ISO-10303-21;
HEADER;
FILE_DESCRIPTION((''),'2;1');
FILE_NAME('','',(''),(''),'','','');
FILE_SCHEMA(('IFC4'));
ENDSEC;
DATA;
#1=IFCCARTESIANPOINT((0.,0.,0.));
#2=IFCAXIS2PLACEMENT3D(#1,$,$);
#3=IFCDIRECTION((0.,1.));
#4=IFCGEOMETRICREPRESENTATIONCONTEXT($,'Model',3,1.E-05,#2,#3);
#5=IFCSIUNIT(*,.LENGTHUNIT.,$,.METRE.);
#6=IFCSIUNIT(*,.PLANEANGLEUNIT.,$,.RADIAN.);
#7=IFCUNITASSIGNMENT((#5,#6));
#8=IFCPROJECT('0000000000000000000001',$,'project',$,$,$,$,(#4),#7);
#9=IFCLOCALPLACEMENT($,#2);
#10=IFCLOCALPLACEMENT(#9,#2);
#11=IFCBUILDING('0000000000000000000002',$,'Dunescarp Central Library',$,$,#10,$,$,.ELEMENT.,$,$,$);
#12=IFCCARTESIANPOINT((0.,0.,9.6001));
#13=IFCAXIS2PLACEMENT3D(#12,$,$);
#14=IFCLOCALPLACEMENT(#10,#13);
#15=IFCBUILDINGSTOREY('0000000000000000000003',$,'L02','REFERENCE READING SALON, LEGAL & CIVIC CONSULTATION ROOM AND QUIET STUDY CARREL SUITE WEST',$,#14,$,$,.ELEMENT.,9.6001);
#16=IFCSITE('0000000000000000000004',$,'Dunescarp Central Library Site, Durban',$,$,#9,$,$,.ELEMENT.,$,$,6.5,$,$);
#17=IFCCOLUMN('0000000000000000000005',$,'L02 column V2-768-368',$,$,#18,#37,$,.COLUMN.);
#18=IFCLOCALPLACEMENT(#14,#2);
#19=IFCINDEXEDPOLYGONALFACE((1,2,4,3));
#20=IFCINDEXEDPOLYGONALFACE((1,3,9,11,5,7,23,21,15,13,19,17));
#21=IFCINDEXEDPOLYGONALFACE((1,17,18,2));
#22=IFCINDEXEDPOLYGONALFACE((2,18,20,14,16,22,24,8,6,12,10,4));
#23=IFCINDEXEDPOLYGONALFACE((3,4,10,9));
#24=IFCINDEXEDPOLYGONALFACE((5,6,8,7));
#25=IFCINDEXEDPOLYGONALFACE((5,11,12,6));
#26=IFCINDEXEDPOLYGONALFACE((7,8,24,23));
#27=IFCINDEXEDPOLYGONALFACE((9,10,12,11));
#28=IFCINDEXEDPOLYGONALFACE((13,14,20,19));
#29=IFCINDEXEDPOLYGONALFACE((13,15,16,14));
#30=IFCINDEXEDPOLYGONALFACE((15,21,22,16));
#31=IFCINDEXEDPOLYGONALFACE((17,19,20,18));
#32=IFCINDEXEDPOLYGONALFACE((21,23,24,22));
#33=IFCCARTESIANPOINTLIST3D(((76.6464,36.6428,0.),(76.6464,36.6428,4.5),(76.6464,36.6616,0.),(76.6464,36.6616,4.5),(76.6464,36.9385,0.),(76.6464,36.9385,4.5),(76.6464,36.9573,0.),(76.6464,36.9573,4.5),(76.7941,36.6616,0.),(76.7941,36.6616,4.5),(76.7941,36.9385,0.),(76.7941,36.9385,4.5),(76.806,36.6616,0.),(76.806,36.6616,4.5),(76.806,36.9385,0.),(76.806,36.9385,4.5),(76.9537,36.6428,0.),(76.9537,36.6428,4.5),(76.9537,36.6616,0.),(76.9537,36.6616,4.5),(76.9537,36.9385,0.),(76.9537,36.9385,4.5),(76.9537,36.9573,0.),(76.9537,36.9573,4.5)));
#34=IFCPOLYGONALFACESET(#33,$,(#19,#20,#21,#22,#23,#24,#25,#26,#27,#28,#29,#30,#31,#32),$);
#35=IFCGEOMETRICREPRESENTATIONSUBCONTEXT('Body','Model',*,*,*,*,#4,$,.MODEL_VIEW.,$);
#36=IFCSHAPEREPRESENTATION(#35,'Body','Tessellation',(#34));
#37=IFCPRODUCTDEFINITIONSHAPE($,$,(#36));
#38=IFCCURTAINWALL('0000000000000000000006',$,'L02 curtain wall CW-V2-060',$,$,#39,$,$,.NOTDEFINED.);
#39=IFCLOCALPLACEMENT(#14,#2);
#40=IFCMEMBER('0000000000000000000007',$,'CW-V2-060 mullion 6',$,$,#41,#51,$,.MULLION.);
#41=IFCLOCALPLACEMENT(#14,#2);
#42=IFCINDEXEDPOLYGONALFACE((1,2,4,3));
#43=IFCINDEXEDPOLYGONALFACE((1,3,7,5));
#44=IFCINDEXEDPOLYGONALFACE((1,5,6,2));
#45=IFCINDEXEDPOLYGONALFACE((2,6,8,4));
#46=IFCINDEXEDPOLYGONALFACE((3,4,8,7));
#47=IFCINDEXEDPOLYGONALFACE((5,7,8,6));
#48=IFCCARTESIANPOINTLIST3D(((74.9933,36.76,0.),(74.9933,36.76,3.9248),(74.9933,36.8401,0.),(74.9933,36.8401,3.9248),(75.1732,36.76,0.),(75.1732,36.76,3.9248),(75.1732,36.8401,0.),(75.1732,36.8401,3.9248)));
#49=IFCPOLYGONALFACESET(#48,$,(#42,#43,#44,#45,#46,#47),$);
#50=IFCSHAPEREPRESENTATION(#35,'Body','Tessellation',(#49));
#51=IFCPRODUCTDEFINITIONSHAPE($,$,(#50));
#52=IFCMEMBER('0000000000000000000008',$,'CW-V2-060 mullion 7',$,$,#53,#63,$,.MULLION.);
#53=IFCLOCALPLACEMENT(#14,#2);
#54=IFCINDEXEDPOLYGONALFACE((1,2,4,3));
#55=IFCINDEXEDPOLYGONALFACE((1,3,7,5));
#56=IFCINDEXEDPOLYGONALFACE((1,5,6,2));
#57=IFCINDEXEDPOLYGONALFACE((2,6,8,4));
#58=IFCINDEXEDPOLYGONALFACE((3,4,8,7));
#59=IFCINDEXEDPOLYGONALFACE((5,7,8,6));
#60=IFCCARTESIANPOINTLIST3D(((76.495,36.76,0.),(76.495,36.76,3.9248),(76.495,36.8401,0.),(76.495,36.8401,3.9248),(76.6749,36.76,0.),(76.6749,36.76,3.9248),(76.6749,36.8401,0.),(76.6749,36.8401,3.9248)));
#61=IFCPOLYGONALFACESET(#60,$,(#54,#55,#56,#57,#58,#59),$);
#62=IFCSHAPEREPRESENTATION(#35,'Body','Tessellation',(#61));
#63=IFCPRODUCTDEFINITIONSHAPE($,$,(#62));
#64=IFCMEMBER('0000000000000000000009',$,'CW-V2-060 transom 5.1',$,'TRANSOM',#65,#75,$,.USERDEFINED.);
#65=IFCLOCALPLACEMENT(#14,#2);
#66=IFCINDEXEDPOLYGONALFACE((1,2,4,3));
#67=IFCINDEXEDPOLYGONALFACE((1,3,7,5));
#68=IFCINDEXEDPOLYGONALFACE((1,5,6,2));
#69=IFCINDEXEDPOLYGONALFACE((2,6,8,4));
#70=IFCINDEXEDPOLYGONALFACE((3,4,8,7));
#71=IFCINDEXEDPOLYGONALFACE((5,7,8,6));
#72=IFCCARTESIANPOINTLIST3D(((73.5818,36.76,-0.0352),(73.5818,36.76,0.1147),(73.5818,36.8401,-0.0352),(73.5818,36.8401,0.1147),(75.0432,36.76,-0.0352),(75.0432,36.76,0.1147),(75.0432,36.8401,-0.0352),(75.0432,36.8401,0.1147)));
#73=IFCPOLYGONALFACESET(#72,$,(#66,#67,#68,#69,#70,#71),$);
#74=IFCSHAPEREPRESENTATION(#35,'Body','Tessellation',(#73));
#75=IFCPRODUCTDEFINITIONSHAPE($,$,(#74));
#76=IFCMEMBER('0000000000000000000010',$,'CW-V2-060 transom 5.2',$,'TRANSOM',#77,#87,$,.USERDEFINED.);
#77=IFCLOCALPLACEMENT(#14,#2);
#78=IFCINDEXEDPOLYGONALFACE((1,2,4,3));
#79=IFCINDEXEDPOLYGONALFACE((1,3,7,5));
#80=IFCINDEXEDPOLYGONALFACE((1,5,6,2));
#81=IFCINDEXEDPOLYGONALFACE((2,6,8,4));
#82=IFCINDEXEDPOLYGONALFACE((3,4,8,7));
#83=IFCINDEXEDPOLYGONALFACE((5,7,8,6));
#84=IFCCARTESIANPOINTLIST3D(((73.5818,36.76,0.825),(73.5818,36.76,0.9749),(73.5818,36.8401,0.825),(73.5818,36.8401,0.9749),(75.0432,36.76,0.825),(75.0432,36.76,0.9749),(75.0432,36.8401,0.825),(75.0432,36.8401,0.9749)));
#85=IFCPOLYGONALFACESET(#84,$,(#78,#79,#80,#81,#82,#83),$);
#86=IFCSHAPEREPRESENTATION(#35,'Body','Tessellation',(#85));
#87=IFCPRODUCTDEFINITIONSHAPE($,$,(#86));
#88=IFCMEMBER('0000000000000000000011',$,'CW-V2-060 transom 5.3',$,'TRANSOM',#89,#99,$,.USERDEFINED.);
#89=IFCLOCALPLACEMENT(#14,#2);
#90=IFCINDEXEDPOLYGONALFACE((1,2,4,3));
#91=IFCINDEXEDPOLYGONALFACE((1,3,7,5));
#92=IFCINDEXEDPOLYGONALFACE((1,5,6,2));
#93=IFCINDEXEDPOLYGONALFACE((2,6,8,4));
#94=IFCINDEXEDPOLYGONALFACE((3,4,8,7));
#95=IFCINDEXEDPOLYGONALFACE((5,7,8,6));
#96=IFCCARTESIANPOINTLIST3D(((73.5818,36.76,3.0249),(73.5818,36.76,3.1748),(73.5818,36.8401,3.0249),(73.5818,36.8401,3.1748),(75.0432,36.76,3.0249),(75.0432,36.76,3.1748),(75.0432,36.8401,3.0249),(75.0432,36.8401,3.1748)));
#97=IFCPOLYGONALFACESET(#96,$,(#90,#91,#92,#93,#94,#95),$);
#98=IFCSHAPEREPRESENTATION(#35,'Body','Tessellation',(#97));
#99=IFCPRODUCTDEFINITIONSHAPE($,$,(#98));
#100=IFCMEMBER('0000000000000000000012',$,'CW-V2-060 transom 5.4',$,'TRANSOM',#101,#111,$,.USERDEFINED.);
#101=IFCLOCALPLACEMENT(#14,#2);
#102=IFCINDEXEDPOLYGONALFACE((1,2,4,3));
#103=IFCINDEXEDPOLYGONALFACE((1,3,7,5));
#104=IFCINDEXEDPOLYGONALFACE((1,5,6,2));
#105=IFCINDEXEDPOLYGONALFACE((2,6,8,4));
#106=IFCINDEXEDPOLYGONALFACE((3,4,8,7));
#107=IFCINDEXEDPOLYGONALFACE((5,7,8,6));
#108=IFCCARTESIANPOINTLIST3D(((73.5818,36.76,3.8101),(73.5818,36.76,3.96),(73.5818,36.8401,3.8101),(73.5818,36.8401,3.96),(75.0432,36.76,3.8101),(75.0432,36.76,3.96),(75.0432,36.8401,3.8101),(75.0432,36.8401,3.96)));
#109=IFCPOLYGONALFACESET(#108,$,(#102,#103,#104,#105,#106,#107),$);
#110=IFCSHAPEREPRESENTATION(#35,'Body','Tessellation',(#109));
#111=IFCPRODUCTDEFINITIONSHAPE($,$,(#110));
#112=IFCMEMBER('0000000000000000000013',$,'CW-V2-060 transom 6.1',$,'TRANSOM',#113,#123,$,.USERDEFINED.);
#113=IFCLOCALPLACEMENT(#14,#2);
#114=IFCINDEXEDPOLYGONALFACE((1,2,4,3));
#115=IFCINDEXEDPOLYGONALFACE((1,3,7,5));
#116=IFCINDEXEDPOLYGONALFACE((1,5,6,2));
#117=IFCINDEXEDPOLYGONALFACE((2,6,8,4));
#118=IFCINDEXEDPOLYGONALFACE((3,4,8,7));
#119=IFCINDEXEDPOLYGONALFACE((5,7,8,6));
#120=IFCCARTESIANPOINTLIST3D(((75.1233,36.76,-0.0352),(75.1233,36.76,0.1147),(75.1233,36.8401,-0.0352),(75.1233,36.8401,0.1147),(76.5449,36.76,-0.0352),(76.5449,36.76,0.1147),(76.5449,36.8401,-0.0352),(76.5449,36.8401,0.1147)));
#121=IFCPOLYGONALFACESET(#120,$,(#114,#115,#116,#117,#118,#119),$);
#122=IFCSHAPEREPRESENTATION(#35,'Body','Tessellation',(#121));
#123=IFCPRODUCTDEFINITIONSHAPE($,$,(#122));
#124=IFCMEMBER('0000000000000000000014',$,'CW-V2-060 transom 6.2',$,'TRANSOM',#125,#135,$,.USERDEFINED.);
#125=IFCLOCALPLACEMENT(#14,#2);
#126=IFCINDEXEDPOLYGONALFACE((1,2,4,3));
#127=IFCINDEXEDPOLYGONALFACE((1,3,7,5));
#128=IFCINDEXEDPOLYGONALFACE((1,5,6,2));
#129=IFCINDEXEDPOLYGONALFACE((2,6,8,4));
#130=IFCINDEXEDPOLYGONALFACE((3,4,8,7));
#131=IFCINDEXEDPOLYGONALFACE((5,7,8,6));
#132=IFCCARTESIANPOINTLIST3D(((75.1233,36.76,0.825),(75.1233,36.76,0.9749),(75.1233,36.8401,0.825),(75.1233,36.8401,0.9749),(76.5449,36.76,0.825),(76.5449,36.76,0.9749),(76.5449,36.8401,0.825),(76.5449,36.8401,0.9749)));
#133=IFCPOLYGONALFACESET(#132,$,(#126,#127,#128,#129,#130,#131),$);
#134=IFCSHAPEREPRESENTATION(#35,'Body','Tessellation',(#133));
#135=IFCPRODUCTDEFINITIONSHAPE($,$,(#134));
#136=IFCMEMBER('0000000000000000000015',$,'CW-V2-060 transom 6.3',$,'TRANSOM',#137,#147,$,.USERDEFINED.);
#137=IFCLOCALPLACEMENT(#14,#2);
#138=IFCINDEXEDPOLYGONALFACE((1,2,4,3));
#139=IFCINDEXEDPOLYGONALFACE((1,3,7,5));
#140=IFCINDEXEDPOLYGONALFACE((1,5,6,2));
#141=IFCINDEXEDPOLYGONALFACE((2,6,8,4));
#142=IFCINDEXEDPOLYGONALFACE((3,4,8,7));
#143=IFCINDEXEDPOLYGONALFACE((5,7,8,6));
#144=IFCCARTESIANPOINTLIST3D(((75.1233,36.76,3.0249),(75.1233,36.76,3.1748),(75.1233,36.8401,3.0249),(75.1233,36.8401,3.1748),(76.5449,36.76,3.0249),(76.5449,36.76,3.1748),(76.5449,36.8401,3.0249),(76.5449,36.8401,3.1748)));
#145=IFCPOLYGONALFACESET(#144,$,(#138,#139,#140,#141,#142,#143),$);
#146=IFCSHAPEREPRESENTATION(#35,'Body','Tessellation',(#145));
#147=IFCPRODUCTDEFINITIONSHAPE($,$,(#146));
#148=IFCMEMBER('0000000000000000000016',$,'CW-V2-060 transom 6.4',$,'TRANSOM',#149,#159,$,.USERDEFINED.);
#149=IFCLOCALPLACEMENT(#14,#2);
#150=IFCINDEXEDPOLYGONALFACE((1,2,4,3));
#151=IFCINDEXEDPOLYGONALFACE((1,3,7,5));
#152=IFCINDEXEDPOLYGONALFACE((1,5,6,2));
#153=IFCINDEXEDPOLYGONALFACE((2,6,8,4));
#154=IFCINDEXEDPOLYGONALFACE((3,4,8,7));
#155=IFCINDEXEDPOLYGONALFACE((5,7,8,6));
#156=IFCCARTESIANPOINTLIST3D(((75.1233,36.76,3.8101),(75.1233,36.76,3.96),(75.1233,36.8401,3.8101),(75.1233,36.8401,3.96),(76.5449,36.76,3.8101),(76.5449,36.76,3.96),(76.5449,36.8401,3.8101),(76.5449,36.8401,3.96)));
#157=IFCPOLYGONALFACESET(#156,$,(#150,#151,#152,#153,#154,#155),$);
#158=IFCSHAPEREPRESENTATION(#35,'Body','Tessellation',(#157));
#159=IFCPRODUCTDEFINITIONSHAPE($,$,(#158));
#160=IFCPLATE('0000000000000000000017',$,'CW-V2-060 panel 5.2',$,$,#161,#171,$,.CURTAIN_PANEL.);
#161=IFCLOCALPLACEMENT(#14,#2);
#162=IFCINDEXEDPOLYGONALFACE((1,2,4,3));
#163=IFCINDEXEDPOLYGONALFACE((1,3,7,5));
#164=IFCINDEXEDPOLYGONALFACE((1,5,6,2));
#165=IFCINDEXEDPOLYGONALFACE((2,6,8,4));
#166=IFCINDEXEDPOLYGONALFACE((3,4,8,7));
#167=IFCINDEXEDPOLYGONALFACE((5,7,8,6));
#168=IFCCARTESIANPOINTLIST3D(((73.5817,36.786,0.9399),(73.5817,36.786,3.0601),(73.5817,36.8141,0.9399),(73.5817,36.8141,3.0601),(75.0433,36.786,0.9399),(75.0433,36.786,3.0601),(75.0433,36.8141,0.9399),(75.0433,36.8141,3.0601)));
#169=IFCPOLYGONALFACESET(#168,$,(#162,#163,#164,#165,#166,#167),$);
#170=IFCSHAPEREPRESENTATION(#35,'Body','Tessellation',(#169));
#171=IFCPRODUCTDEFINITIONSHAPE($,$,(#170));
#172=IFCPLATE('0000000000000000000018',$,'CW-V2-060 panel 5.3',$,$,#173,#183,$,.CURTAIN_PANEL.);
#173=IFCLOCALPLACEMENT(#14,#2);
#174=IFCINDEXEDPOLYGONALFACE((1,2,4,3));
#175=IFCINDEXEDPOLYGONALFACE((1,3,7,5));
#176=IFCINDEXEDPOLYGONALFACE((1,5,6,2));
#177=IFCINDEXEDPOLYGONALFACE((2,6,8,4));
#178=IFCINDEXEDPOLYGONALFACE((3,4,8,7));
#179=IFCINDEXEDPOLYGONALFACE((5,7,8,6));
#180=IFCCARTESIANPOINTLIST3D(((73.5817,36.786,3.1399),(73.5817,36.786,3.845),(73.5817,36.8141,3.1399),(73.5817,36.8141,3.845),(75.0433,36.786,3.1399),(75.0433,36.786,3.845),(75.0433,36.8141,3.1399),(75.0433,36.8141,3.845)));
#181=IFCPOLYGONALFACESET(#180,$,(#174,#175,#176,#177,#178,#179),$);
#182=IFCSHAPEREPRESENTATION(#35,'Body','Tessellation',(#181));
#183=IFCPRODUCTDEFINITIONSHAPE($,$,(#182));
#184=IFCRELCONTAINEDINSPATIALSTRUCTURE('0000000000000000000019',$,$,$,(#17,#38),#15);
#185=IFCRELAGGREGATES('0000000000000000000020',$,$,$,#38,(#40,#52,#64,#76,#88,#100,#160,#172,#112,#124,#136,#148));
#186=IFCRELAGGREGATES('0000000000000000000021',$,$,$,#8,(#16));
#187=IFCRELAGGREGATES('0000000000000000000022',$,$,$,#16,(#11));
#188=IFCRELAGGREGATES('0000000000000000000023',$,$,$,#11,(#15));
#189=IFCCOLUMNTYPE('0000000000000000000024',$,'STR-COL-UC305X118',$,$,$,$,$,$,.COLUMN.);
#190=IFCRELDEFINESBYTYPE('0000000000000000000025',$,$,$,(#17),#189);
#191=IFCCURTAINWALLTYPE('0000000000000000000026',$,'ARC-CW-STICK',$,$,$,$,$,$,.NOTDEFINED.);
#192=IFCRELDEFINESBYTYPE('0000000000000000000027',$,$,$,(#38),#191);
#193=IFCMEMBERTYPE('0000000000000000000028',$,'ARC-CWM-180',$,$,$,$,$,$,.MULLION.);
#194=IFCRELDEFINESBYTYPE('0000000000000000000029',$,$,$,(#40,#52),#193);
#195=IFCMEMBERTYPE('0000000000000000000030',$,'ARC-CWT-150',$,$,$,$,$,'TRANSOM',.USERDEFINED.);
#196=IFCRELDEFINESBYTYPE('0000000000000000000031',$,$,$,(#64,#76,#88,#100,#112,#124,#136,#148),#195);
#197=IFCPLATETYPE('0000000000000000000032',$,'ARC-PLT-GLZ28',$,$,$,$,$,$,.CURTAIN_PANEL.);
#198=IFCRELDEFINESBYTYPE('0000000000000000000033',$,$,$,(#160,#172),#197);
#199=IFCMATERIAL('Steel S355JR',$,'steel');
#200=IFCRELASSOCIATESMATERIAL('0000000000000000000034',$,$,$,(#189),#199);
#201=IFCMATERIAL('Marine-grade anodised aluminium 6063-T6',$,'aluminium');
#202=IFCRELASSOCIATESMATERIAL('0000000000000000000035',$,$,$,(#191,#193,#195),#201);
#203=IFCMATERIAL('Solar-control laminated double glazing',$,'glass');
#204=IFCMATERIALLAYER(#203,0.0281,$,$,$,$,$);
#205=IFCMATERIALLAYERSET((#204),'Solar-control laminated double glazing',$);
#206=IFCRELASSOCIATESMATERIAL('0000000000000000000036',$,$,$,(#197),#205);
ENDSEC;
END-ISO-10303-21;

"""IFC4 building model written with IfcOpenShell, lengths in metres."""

from ifc_helpers import new_model, si_unit, direction, frame, origin, origin_2d, place, context, subcontext, project, spatial, rectangle, i_section, extrude, material, layer, layer_set, material_profile, profile_set, type_object, element, aggregate, save


model = new_model("IFC4")

# Units and contexts
model_context = context("Model", 3, precision=1e-05, world=origin(), true_north=direction((0.0, 1.0)))
body_context = subcontext(model_context, "Body", "Model", "MODEL_VIEW")
ifc_project = project(units=[si_unit("LENGTHUNIT", "METRE"), si_unit("PLANEANGLEUNIT", "RADIAN")], contexts=[model_context])

# Site, building, storey
site_placement = place(None, origin())
site = spatial("IfcSite", under=ifc_project, at=site_placement, Name="Dunescarp Central Library Site, Durban", CompositionType="ELEMENT", RefElevation=6.5)
building_placement = place(site_placement, origin())
building = spatial("IfcBuilding", under=site, at=building_placement, Name="Dunescarp Central Library", CompositionType="ELEMENT")
storey_placement = place(building_placement, frame((0.0, 0.0, 9.6001)))
storey = spatial("IfcBuildingStorey", under=building, at=storey_placement, Name="L02", Description="REFERENCE READING SALON, LEGAL & CIVIC CONSULTATION ROOM AND QUIET STUDY CARREL SUITE WEST", CompositionType="ELEMENT", Elevation=9.6001)

# Column
ifc_material_1 = material(Name="Steel S355JR", Category="steel")
ifc_material_profile_1 = material_profile(ifc_material_1, i_section(OverallWidth=0.3074, OverallDepth=0.3145, WebThickness=0.012, FlangeThickness=0.0188, at=origin_2d()), Name="UC 305x305x118")
ifc_profile_set_1 = profile_set([ifc_material_profile_1], Name="Steel S355JR")
column_type = type_object("IfcColumnType", Name="STR-COL-UC305X118", PredefinedType="COLUMN", material=ifc_profile_set_1)
column_placement = place(storey_placement, frame((76.8, 36.8, 0.0), z_axis=(0.0, 0.0, 1.0), x_axis=(1.0, 0.0, 0.0)))
element("IfcColumn", 1, at=column_placement, inside=storey, type_object=column_type, Name="L02 column V2-768-368", PredefinedType="COLUMN", context=body_context, shape_type="SweptSolid", body=[
    extrude(i_section(OverallWidth=0.3074, OverallDepth=0.3145, WebThickness=0.012, FlangeThickness=0.0188, at=origin_2d()), origin(), (0.0, 0.0, 1.0), 4.5),
])

# Curtain wall, members, plates
ifc_material_2 = material(Name="Marine-grade anodised aluminium 6063-T6", Category="aluminium")
curtain_wall_type = type_object("IfcCurtainWallType", Name="ARC-CW-STICK", PredefinedType="NOTDEFINED", material=ifc_material_2)
curtain_wall_placement = place(storey_placement, origin())
curtain_wall = element("IfcCurtainWall", 2, at=curtain_wall_placement, inside=storey, type_object=curtain_wall_type, Name="L02 curtain wall CW-V2-060", PredefinedType="NOTDEFINED")
ifc_material_profile_2 = material_profile(ifc_material_2, rectangle(XDim=0.0801, YDim=0.1799, at=origin_2d()), Name="AL 80x180")
ifc_profile_set_2 = profile_set([ifc_material_profile_2], Name="Marine-grade anodised aluminium 6063-T6")
member_type_1 = type_object("IfcMemberType", Name="ARC-CWM-180", PredefinedType="MULLION", material=ifc_profile_set_2)
member_1_placement = place(storey_placement, frame((75.0833, 36.8, 0.0), z_axis=(0.0, 0.0, 1.0), x_axis=(0.0, 1.0, 0.0)))
member_1 = element("IfcMember", 3, at=member_1_placement, type_object=member_type_1, Name="CW-V2-060 mullion 6", PredefinedType="MULLION", context=body_context, shape_type="SweptSolid", body=[
    extrude(rectangle(XDim=0.0801, YDim=0.1799, at=origin_2d()), origin(), (0.0, 0.0, 1.0), 3.9248),
])
member_2_placement = place(storey_placement, frame((76.585, 36.8, 0.0), z_axis=(0.0, 0.0, 1.0), x_axis=(0.0, 1.0, 0.0)))
member_2 = element("IfcMember", 4, at=member_2_placement, type_object=member_type_1, Name="CW-V2-060 mullion 7", PredefinedType="MULLION", context=body_context, shape_type="SweptSolid", body=[
    extrude(rectangle(XDim=0.0801, YDim=0.1799, at=origin_2d()), origin(), (0.0, 0.0, 1.0), 3.9248),
])
ifc_material_profile_3 = material_profile(ifc_material_2, rectangle(XDim=0.0801, YDim=0.1499, at=origin_2d()), Name="AL 80x150")
ifc_profile_set_3 = profile_set([ifc_material_profile_3], Name="Marine-grade anodised aluminium 6063-T6")
member_type_2 = type_object("IfcMemberType", Name="ARC-CWT-150", ElementType="TRANSOM", PredefinedType="USERDEFINED", material=ifc_profile_set_3)
member_3_placement = place(storey_placement, frame((73.5818, 36.8, 0.0398), z_axis=(1.0, 0.0, 0.0), x_axis=(0.0, 1.0, 0.0)))
member_3 = element("IfcMember", 5, at=member_3_placement, type_object=member_type_2, Name="CW-V2-060 transom 5.1", ObjectType="TRANSOM", PredefinedType="USERDEFINED", context=body_context, shape_type="SweptSolid", body=[
    extrude(rectangle(XDim=0.0801, YDim=0.1499, at=origin_2d()), origin(), (0.0, 0.0, 1.0), 1.4614),
])
member_4_placement = place(storey_placement, frame((73.5818, 36.8, 0.8999), z_axis=(1.0, 0.0, 0.0), x_axis=(0.0, 1.0, 0.0)))
member_4 = element("IfcMember", 6, at=member_4_placement, type_object=member_type_2, Name="CW-V2-060 transom 5.2", ObjectType="TRANSOM", PredefinedType="USERDEFINED", context=body_context, shape_type="SweptSolid", body=[
    extrude(rectangle(XDim=0.0801, YDim=0.1499, at=origin_2d()), origin(), (0.0, 0.0, 1.0), 1.4614),
])
member_5_placement = place(storey_placement, frame((73.5818, 36.8, 3.0999), z_axis=(1.0, 0.0, 0.0), x_axis=(0.0, 1.0, 0.0)))
member_5 = element("IfcMember", 7, at=member_5_placement, type_object=member_type_2, Name="CW-V2-060 transom 5.3", ObjectType="TRANSOM", PredefinedType="USERDEFINED", context=body_context, shape_type="SweptSolid", body=[
    extrude(rectangle(XDim=0.0801, YDim=0.1499, at=origin_2d()), origin(), (0.0, 0.0, 1.0), 1.4614),
])
member_6_placement = place(storey_placement, frame((73.5818, 36.8, 3.885), z_axis=(1.0, 0.0, 0.0), x_axis=(0.0, 1.0, 0.0)))
member_6 = element("IfcMember", 8, at=member_6_placement, type_object=member_type_2, Name="CW-V2-060 transom 5.4", ObjectType="TRANSOM", PredefinedType="USERDEFINED", context=body_context, shape_type="SweptSolid", body=[
    extrude(rectangle(XDim=0.0801, YDim=0.1499, at=origin_2d()), origin(), (0.0, 0.0, 1.0), 1.4614),
])
member_7_placement = place(storey_placement, frame((75.1233, 36.8, 0.0398), z_axis=(1.0, 0.0, 0.0), x_axis=(0.0, 1.0, 0.0)))
member_7 = element("IfcMember", 9, at=member_7_placement, type_object=member_type_2, Name="CW-V2-060 transom 6.1", ObjectType="TRANSOM", PredefinedType="USERDEFINED", context=body_context, shape_type="SweptSolid", body=[
    extrude(rectangle(XDim=0.0801, YDim=0.1499, at=origin_2d()), origin(), (0.0, 0.0, 1.0), 1.4216),
])
member_8_placement = place(storey_placement, frame((75.1233, 36.8, 0.8999), z_axis=(1.0, 0.0, 0.0), x_axis=(0.0, 1.0, 0.0)))
member_8 = element("IfcMember", 10, at=member_8_placement, type_object=member_type_2, Name="CW-V2-060 transom 6.2", ObjectType="TRANSOM", PredefinedType="USERDEFINED", context=body_context, shape_type="SweptSolid", body=[
    extrude(rectangle(XDim=0.0801, YDim=0.1499, at=origin_2d()), origin(), (0.0, 0.0, 1.0), 1.4216),
])
member_9_placement = place(storey_placement, frame((75.1233, 36.8, 3.0999), z_axis=(1.0, 0.0, 0.0), x_axis=(0.0, 1.0, 0.0)))
member_9 = element("IfcMember", 11, at=member_9_placement, type_object=member_type_2, Name="CW-V2-060 transom 6.3", ObjectType="TRANSOM", PredefinedType="USERDEFINED", context=body_context, shape_type="SweptSolid", body=[
    extrude(rectangle(XDim=0.0801, YDim=0.1499, at=origin_2d()), origin(), (0.0, 0.0, 1.0), 1.4216),
])
member_10_placement = place(storey_placement, frame((75.1233, 36.8, 3.885), z_axis=(1.0, 0.0, 0.0), x_axis=(0.0, 1.0, 0.0)))
member_10 = element("IfcMember", 12, at=member_10_placement, type_object=member_type_2, Name="CW-V2-060 transom 6.4", ObjectType="TRANSOM", PredefinedType="USERDEFINED", context=body_context, shape_type="SweptSolid", body=[
    extrude(rectangle(XDim=0.0801, YDim=0.1499, at=origin_2d()), origin(), (0.0, 0.0, 1.0), 1.4216),
])
ifc_material_3 = material(Name="Solar-control laminated double glazing", Category="glass")
ifc_layer_1 = layer(ifc_material_3, 0.0281)
ifc_layer_set_1 = layer_set([ifc_layer_1], Name="Solar-control laminated double glazing")
plate_type_1 = type_object("IfcPlateType", Name="ARC-PLT-GLZ28", PredefinedType="CURTAIN_PANEL", material=ifc_layer_set_1)
plate_1_placement = place(storey_placement, frame((74.3125, 36.8, 0.9399), z_axis=(0.0, 0.0, 1.0), x_axis=(1.0, 0.0, 0.0)))
plate_1 = element("IfcPlate", 13, at=plate_1_placement, type_object=plate_type_1, Name="CW-V2-060 panel 5.2", PredefinedType="CURTAIN_PANEL", context=body_context, shape_type="SweptSolid", body=[
    extrude(rectangle(XDim=1.4617, YDim=0.0281, at=origin_2d()), origin(), (0.0, 0.0, 1.0), 2.1201),
])
plate_2_placement = place(storey_placement, frame((74.3125, 36.8, 3.1399), z_axis=(0.0, 0.0, 1.0), x_axis=(1.0, 0.0, 0.0)))
plate_2 = element("IfcPlate", 14, at=plate_2_placement, type_object=plate_type_1, Name="CW-V2-060 panel 5.3", PredefinedType="CURTAIN_PANEL", context=body_context, shape_type="SweptSolid", body=[
    extrude(rectangle(XDim=1.4617, YDim=0.0281, at=origin_2d()), origin(), (0.0, 0.0, 1.0), 0.7051),
])
aggregate(curtain_wall, [member_1, member_2, member_3, member_4, member_5, member_6, plate_1, plate_2, member_7, member_8, member_9, member_10])

save(model, "model.ifc")
